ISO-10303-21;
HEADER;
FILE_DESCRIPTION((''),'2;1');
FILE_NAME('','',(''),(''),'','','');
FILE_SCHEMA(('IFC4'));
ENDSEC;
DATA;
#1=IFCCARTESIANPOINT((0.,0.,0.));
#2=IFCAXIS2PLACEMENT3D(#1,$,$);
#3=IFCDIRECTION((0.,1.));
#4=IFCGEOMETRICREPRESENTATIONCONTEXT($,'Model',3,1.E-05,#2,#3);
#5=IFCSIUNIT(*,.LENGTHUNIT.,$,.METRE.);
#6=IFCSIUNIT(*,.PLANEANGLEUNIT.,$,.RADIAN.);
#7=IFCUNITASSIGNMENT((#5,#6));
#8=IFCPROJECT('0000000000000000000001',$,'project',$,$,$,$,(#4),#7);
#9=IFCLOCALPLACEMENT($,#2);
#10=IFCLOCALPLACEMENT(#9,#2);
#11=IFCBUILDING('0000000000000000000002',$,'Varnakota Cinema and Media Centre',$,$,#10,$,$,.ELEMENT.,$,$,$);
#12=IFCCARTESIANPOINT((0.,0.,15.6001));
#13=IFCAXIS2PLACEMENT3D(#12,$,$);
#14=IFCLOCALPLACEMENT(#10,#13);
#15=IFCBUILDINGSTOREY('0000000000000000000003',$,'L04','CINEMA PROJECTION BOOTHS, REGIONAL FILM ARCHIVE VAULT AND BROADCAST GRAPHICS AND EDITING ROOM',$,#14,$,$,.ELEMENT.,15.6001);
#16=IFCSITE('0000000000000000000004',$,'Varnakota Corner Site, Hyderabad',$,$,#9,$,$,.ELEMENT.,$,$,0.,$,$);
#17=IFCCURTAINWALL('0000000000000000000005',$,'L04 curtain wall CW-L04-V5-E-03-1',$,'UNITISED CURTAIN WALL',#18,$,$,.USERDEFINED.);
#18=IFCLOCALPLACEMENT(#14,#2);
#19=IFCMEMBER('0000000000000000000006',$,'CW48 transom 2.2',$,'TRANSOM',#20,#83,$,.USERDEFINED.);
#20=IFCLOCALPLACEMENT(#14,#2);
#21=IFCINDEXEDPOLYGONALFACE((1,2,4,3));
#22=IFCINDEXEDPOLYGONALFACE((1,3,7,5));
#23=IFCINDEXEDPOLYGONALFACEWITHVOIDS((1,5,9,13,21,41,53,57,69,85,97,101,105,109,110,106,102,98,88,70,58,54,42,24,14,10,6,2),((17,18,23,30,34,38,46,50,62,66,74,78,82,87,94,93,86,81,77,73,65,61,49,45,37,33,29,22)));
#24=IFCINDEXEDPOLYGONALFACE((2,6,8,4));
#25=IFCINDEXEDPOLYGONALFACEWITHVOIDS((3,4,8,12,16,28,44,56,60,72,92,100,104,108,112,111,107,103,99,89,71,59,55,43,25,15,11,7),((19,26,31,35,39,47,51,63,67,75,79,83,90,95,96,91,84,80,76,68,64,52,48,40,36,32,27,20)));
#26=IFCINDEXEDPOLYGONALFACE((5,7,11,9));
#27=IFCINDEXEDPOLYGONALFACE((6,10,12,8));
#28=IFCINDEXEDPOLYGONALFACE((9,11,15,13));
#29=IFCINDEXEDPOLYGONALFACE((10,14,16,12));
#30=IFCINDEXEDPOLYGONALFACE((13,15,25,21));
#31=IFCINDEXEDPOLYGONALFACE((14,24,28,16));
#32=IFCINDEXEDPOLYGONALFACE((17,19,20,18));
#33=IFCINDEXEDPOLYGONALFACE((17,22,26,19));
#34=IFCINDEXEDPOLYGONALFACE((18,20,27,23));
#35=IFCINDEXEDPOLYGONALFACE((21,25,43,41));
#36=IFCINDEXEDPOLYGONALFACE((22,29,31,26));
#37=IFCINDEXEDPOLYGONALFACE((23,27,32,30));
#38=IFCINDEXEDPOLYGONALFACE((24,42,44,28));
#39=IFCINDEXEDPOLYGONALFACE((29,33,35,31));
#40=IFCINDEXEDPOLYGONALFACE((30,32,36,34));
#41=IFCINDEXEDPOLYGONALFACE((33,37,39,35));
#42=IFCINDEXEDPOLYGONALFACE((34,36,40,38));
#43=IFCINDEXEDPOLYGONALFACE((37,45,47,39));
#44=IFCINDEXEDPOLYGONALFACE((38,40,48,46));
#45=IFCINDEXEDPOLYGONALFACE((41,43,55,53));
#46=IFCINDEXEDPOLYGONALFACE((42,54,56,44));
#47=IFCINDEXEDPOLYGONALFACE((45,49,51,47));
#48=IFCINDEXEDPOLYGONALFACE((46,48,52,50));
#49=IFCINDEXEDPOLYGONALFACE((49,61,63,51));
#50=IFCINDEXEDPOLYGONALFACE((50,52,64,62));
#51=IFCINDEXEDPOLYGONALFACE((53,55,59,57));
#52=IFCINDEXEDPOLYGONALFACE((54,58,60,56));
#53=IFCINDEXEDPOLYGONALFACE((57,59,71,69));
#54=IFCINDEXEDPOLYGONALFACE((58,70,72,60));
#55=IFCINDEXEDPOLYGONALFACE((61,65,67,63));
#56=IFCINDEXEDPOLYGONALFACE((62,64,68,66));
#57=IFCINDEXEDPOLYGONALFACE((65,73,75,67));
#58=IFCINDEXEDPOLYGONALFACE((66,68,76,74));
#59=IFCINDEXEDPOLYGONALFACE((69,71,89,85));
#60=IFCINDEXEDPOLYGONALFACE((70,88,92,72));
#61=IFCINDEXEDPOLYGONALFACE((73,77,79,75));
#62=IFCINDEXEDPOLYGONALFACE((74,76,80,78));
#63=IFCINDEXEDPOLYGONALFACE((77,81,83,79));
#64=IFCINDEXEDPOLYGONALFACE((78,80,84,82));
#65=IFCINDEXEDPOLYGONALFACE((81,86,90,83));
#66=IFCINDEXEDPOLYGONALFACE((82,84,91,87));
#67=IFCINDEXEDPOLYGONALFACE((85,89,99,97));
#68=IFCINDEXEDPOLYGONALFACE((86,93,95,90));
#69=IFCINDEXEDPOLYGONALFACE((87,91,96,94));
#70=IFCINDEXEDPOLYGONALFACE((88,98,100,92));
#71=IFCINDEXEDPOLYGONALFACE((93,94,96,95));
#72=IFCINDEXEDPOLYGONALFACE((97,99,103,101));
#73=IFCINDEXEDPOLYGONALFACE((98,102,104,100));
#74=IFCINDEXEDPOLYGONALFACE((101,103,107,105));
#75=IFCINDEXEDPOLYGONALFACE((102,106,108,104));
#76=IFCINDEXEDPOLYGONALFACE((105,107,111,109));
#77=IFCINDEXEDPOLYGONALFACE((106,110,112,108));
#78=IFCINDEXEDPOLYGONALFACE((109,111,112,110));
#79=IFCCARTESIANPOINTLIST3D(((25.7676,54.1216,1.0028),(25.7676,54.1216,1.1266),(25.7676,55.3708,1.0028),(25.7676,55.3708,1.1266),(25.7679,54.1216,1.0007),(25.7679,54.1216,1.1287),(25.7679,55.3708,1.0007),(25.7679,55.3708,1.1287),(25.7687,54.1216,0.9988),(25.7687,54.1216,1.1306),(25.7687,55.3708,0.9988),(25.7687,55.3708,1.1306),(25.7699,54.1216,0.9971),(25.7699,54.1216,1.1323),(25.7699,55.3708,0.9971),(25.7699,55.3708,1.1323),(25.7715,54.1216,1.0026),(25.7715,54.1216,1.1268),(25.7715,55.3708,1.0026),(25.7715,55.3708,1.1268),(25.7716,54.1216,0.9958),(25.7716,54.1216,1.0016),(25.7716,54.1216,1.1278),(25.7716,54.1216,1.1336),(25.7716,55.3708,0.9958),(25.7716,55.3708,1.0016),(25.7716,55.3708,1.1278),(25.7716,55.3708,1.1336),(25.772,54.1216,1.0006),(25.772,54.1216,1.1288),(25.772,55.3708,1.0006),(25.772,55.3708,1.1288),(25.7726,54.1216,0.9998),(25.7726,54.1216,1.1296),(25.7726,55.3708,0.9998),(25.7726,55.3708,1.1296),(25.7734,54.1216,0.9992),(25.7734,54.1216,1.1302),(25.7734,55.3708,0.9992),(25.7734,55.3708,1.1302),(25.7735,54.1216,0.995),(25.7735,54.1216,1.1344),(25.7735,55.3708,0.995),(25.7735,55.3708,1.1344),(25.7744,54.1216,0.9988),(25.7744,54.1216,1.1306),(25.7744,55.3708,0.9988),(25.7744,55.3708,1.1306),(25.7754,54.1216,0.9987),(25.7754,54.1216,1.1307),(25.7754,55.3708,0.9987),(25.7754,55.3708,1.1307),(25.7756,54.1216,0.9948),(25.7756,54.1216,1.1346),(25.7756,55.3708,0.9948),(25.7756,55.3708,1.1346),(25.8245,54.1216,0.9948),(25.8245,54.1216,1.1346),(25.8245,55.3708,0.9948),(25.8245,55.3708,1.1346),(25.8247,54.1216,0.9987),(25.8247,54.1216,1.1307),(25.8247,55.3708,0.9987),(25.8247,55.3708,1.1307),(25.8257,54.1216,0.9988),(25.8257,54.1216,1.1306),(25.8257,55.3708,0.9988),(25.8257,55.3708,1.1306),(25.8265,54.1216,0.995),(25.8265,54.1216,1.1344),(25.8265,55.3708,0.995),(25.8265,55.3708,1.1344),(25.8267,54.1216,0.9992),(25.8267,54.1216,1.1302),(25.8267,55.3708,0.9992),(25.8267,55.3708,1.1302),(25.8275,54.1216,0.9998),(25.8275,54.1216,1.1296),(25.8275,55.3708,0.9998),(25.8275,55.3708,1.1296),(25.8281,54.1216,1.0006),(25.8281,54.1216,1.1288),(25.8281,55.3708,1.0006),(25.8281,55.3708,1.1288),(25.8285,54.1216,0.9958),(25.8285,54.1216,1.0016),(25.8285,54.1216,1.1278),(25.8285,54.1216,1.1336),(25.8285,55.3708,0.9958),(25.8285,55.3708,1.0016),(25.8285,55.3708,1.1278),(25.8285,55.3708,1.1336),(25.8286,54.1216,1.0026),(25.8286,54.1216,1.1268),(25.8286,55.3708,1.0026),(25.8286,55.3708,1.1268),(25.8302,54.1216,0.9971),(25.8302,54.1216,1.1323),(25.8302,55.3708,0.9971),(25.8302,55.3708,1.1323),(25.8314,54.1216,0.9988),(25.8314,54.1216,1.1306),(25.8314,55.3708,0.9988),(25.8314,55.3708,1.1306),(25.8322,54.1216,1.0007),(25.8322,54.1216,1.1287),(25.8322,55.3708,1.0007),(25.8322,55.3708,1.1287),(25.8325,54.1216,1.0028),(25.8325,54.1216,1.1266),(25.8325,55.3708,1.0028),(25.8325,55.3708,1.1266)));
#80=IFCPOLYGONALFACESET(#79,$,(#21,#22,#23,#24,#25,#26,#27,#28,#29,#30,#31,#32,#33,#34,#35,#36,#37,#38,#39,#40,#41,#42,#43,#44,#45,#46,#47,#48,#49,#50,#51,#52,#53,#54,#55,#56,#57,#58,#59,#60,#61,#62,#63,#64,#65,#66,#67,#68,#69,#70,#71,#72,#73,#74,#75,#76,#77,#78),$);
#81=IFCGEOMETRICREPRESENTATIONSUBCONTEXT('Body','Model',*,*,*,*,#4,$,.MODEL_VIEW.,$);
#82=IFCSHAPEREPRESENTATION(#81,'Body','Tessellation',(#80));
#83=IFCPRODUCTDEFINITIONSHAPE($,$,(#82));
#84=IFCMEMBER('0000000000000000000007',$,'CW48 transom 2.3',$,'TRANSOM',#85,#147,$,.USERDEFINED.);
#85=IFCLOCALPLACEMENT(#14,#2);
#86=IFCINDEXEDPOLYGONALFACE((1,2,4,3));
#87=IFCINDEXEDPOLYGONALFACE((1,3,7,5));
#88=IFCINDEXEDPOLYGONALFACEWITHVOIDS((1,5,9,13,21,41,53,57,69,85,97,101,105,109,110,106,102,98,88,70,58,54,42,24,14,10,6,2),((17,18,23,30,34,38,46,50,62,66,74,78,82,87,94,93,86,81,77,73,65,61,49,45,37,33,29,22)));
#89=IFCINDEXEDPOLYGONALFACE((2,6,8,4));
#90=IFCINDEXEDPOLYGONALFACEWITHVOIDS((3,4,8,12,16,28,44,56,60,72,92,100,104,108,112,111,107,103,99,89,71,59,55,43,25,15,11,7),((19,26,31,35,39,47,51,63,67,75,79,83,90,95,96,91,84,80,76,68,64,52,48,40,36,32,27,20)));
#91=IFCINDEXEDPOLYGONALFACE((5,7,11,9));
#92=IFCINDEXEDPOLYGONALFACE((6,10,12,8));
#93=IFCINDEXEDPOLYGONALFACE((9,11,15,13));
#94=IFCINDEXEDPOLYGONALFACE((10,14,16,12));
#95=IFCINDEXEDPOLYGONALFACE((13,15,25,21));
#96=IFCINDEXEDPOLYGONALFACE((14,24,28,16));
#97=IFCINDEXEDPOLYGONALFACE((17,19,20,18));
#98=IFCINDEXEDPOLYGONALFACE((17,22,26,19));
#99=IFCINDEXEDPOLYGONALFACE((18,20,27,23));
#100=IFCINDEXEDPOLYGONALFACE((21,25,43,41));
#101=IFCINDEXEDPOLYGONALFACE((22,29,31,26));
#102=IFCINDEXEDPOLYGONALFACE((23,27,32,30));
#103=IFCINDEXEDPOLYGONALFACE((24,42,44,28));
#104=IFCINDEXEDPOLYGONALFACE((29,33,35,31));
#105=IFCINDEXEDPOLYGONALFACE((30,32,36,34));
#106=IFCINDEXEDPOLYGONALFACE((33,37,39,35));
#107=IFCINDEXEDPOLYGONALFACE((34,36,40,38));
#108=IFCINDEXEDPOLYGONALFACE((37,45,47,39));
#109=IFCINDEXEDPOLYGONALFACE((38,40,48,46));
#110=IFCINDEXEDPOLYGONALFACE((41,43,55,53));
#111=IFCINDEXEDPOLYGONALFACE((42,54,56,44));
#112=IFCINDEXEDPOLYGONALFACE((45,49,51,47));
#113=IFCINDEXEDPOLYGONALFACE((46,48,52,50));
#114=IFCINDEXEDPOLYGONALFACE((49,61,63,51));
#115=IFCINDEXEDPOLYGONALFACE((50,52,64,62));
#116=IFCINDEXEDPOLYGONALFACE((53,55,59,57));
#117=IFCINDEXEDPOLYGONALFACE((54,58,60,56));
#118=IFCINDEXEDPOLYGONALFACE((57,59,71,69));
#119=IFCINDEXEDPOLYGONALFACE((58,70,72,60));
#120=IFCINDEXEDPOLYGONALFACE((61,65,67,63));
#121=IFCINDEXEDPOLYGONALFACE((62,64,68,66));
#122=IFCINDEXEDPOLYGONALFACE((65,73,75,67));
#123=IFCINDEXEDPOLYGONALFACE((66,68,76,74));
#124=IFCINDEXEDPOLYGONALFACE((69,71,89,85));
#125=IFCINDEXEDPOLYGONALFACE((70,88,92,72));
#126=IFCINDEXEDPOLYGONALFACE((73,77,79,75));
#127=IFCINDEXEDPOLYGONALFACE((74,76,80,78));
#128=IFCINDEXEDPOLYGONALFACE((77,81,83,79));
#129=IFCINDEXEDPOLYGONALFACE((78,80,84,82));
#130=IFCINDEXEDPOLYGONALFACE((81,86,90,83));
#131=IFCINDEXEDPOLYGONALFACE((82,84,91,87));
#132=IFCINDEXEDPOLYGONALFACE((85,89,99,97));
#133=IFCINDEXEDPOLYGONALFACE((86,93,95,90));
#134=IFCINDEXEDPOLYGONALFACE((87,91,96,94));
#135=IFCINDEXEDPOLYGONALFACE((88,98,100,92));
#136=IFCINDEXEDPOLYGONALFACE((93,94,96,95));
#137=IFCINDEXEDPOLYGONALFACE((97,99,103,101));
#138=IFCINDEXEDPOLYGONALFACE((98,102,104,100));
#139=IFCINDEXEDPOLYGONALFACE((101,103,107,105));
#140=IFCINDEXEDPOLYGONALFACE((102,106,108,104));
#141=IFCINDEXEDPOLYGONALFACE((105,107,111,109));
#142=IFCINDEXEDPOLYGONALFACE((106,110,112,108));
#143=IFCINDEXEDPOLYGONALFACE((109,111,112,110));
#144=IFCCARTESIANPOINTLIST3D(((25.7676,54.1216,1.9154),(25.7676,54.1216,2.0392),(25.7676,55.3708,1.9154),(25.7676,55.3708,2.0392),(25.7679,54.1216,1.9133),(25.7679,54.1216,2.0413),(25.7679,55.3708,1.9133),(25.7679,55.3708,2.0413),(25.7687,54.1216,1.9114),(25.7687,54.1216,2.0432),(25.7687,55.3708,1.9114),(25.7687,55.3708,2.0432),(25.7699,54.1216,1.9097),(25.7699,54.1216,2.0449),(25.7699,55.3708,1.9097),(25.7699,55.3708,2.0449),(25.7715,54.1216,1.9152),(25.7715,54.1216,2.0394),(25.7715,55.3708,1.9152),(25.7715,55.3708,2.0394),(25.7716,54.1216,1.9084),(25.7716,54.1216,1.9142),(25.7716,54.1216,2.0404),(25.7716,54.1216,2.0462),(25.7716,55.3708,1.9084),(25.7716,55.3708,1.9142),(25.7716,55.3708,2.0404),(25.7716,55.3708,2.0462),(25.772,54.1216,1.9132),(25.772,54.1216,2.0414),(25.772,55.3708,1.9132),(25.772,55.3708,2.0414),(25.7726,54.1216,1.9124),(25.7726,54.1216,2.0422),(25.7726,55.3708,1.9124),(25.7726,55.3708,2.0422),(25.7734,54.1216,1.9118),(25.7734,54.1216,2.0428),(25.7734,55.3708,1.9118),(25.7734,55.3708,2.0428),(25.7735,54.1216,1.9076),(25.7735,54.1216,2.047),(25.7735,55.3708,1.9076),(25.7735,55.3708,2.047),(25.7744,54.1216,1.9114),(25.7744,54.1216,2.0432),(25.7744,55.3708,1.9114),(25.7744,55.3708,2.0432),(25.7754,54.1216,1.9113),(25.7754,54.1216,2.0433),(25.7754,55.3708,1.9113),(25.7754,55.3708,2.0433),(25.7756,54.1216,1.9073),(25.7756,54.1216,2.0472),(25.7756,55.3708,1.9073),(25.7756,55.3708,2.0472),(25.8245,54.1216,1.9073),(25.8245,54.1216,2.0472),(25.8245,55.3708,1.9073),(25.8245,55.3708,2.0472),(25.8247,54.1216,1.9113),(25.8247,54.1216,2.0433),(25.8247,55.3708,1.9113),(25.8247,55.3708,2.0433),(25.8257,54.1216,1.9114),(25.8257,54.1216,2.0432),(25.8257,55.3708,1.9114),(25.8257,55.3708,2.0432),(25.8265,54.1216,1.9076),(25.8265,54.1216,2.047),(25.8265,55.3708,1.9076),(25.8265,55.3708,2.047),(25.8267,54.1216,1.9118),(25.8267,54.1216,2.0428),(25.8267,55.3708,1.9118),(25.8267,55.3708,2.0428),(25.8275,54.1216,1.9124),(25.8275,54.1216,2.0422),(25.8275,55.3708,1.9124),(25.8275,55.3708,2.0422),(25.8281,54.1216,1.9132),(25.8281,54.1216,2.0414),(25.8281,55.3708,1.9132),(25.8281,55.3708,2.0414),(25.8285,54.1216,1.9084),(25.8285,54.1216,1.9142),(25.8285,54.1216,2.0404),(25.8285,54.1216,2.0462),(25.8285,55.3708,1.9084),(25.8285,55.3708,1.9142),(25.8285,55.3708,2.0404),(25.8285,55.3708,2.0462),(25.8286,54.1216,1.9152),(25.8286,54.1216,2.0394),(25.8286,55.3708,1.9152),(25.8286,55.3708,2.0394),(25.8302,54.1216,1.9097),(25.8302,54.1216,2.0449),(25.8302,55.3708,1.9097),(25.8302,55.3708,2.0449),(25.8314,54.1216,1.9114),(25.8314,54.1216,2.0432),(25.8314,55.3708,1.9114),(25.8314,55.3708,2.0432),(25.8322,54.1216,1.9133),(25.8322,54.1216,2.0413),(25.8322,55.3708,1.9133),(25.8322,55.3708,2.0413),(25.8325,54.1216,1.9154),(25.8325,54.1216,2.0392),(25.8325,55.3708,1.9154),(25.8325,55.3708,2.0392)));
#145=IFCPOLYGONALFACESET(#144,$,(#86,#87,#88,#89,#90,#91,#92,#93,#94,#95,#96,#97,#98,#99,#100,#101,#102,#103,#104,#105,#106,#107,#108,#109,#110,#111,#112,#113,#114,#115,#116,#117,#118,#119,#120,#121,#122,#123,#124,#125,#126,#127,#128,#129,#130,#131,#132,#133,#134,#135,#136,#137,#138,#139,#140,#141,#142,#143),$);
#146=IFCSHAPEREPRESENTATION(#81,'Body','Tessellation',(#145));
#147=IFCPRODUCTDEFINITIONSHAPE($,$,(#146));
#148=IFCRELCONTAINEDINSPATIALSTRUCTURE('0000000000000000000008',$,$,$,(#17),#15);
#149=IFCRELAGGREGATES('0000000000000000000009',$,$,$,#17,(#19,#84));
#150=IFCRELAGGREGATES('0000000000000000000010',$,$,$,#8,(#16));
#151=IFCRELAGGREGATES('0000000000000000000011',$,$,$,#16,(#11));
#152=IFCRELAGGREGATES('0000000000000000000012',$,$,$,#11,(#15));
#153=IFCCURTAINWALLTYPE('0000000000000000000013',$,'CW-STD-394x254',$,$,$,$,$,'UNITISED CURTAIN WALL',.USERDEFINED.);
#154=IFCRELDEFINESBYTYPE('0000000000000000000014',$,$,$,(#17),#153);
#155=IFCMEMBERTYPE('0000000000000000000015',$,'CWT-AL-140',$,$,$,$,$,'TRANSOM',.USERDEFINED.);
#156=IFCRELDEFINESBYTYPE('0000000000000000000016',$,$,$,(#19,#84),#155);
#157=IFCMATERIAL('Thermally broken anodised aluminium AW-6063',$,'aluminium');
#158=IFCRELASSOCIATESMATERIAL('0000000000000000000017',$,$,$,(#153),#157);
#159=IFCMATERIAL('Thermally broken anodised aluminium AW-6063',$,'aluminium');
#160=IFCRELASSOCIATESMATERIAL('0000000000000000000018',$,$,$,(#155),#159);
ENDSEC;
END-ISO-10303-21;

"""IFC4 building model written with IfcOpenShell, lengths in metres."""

from ifc_helpers import new_model, si_unit, direction, frame, origin, origin_2d, place, context, subcontext, project, spatial, hollow_rectangle, extrude, material, material_profile, profile_set, type_object, element, aggregate, save


model = new_model("IFC4")

# Units and contexts
model_context = context("Model", 3, precision=1e-05, world=origin(), true_north=direction((0.0, 1.0)))
body_context = subcontext(model_context, "Body", "Model", "MODEL_VIEW")
ifc_project = project(units=[si_unit("LENGTHUNIT", "METRE"), si_unit("PLANEANGLEUNIT", "RADIAN")], contexts=[model_context])

# Site, building, storey
site_placement = place(None, origin())
site = spatial("IfcSite", under=ifc_project, at=site_placement, Name="Varnakota Corner Site, Hyderabad", CompositionType="ELEMENT", RefElevation=0.0)
building_placement = place(site_placement, origin())
building = spatial("IfcBuilding", under=site, at=building_placement, Name="Varnakota Cinema and Media Centre", CompositionType="ELEMENT")
storey_placement = place(building_placement, frame((0.0, 0.0, 15.6001)))
storey = spatial("IfcBuildingStorey", under=building, at=storey_placement, Name="L04", Description="CINEMA PROJECTION BOOTHS, REGIONAL FILM ARCHIVE VAULT AND BROADCAST GRAPHICS AND EDITING ROOM", CompositionType="ELEMENT", Elevation=15.6001)

# Curtain wall
ifc_material_1 = material(Name="Thermally broken anodised aluminium AW-6063", Category="aluminium")
curtain_wall_type_1 = type_object("IfcCurtainWallType", Name="CW-STD-394x254", ElementType="UNITISED CURTAIN WALL", PredefinedType="USERDEFINED", material=ifc_material_1)
curtain_wall_1_placement = place(storey_placement, origin())
curtain_wall_1 = element("IfcCurtainWall", 1, at=curtain_wall_1_placement, inside=storey, type_object=curtain_wall_type_1, Name="L04 curtain wall CW-L04-V5-E-03-1", ObjectType="UNITISED CURTAIN WALL", PredefinedType="USERDEFINED")

# Members
ifc_material_2 = material(Name="Thermally broken anodised aluminium AW-6063", Category="aluminium")
ifc_material_profile_1 = material_profile(ifc_material_2, hollow_rectangle(XDim=0.0649, YDim=0.1399, WallThickness=0.0039, InnerFilletRadius=0.0039, OuterFilletRadius=0.0081, at=origin_2d()), Name="AL-TRANSOM 140x65x4")
ifc_profile_set_1 = profile_set([ifc_material_profile_1], Name="Thermally broken anodised aluminium AW-6063")
member_type_1 = type_object("IfcMemberType", Name="CWT-AL-140", ElementType="TRANSOM", PredefinedType="USERDEFINED", material=ifc_profile_set_1)
member_1_placement = place(storey_placement, frame((25.8, 54.1216, 1.0647), z_axis=(0.0, 1.0, 0.0), x_axis=(-1.0, 0.0, 0.0)))
member_1 = element("IfcMember", 2, at=member_1_placement, type_object=member_type_1, Name="CW48 transom 2.2", ObjectType="TRANSOM", PredefinedType="USERDEFINED", context=body_context, shape_type="SweptSolid", body=[
    extrude(hollow_rectangle(XDim=0.0649, YDim=0.1399, WallThickness=0.0039, InnerFilletRadius=0.0039, OuterFilletRadius=0.0081, at=origin_2d()), origin(), (0.0, 0.0, 1.0), 1.2493),
])
member_2_placement = place(storey_placement, frame((25.8, 54.1216, 1.9773), z_axis=(0.0, 1.0, 0.0), x_axis=(-1.0, 0.0, 0.0)))
member_2 = element("IfcMember", 3, at=member_2_placement, type_object=member_type_1, Name="CW48 transom 2.3", ObjectType="TRANSOM", PredefinedType="USERDEFINED", context=body_context, shape_type="SweptSolid", body=[
    extrude(hollow_rectangle(XDim=0.0649, YDim=0.1399, WallThickness=0.0039, InnerFilletRadius=0.0039, OuterFilletRadius=0.0081, at=origin_2d()), origin(), (0.0, 0.0, 1.0), 1.2493),
])

aggregate(curtain_wall_1, [member_1, member_2])

save(model, "model.ifc")
